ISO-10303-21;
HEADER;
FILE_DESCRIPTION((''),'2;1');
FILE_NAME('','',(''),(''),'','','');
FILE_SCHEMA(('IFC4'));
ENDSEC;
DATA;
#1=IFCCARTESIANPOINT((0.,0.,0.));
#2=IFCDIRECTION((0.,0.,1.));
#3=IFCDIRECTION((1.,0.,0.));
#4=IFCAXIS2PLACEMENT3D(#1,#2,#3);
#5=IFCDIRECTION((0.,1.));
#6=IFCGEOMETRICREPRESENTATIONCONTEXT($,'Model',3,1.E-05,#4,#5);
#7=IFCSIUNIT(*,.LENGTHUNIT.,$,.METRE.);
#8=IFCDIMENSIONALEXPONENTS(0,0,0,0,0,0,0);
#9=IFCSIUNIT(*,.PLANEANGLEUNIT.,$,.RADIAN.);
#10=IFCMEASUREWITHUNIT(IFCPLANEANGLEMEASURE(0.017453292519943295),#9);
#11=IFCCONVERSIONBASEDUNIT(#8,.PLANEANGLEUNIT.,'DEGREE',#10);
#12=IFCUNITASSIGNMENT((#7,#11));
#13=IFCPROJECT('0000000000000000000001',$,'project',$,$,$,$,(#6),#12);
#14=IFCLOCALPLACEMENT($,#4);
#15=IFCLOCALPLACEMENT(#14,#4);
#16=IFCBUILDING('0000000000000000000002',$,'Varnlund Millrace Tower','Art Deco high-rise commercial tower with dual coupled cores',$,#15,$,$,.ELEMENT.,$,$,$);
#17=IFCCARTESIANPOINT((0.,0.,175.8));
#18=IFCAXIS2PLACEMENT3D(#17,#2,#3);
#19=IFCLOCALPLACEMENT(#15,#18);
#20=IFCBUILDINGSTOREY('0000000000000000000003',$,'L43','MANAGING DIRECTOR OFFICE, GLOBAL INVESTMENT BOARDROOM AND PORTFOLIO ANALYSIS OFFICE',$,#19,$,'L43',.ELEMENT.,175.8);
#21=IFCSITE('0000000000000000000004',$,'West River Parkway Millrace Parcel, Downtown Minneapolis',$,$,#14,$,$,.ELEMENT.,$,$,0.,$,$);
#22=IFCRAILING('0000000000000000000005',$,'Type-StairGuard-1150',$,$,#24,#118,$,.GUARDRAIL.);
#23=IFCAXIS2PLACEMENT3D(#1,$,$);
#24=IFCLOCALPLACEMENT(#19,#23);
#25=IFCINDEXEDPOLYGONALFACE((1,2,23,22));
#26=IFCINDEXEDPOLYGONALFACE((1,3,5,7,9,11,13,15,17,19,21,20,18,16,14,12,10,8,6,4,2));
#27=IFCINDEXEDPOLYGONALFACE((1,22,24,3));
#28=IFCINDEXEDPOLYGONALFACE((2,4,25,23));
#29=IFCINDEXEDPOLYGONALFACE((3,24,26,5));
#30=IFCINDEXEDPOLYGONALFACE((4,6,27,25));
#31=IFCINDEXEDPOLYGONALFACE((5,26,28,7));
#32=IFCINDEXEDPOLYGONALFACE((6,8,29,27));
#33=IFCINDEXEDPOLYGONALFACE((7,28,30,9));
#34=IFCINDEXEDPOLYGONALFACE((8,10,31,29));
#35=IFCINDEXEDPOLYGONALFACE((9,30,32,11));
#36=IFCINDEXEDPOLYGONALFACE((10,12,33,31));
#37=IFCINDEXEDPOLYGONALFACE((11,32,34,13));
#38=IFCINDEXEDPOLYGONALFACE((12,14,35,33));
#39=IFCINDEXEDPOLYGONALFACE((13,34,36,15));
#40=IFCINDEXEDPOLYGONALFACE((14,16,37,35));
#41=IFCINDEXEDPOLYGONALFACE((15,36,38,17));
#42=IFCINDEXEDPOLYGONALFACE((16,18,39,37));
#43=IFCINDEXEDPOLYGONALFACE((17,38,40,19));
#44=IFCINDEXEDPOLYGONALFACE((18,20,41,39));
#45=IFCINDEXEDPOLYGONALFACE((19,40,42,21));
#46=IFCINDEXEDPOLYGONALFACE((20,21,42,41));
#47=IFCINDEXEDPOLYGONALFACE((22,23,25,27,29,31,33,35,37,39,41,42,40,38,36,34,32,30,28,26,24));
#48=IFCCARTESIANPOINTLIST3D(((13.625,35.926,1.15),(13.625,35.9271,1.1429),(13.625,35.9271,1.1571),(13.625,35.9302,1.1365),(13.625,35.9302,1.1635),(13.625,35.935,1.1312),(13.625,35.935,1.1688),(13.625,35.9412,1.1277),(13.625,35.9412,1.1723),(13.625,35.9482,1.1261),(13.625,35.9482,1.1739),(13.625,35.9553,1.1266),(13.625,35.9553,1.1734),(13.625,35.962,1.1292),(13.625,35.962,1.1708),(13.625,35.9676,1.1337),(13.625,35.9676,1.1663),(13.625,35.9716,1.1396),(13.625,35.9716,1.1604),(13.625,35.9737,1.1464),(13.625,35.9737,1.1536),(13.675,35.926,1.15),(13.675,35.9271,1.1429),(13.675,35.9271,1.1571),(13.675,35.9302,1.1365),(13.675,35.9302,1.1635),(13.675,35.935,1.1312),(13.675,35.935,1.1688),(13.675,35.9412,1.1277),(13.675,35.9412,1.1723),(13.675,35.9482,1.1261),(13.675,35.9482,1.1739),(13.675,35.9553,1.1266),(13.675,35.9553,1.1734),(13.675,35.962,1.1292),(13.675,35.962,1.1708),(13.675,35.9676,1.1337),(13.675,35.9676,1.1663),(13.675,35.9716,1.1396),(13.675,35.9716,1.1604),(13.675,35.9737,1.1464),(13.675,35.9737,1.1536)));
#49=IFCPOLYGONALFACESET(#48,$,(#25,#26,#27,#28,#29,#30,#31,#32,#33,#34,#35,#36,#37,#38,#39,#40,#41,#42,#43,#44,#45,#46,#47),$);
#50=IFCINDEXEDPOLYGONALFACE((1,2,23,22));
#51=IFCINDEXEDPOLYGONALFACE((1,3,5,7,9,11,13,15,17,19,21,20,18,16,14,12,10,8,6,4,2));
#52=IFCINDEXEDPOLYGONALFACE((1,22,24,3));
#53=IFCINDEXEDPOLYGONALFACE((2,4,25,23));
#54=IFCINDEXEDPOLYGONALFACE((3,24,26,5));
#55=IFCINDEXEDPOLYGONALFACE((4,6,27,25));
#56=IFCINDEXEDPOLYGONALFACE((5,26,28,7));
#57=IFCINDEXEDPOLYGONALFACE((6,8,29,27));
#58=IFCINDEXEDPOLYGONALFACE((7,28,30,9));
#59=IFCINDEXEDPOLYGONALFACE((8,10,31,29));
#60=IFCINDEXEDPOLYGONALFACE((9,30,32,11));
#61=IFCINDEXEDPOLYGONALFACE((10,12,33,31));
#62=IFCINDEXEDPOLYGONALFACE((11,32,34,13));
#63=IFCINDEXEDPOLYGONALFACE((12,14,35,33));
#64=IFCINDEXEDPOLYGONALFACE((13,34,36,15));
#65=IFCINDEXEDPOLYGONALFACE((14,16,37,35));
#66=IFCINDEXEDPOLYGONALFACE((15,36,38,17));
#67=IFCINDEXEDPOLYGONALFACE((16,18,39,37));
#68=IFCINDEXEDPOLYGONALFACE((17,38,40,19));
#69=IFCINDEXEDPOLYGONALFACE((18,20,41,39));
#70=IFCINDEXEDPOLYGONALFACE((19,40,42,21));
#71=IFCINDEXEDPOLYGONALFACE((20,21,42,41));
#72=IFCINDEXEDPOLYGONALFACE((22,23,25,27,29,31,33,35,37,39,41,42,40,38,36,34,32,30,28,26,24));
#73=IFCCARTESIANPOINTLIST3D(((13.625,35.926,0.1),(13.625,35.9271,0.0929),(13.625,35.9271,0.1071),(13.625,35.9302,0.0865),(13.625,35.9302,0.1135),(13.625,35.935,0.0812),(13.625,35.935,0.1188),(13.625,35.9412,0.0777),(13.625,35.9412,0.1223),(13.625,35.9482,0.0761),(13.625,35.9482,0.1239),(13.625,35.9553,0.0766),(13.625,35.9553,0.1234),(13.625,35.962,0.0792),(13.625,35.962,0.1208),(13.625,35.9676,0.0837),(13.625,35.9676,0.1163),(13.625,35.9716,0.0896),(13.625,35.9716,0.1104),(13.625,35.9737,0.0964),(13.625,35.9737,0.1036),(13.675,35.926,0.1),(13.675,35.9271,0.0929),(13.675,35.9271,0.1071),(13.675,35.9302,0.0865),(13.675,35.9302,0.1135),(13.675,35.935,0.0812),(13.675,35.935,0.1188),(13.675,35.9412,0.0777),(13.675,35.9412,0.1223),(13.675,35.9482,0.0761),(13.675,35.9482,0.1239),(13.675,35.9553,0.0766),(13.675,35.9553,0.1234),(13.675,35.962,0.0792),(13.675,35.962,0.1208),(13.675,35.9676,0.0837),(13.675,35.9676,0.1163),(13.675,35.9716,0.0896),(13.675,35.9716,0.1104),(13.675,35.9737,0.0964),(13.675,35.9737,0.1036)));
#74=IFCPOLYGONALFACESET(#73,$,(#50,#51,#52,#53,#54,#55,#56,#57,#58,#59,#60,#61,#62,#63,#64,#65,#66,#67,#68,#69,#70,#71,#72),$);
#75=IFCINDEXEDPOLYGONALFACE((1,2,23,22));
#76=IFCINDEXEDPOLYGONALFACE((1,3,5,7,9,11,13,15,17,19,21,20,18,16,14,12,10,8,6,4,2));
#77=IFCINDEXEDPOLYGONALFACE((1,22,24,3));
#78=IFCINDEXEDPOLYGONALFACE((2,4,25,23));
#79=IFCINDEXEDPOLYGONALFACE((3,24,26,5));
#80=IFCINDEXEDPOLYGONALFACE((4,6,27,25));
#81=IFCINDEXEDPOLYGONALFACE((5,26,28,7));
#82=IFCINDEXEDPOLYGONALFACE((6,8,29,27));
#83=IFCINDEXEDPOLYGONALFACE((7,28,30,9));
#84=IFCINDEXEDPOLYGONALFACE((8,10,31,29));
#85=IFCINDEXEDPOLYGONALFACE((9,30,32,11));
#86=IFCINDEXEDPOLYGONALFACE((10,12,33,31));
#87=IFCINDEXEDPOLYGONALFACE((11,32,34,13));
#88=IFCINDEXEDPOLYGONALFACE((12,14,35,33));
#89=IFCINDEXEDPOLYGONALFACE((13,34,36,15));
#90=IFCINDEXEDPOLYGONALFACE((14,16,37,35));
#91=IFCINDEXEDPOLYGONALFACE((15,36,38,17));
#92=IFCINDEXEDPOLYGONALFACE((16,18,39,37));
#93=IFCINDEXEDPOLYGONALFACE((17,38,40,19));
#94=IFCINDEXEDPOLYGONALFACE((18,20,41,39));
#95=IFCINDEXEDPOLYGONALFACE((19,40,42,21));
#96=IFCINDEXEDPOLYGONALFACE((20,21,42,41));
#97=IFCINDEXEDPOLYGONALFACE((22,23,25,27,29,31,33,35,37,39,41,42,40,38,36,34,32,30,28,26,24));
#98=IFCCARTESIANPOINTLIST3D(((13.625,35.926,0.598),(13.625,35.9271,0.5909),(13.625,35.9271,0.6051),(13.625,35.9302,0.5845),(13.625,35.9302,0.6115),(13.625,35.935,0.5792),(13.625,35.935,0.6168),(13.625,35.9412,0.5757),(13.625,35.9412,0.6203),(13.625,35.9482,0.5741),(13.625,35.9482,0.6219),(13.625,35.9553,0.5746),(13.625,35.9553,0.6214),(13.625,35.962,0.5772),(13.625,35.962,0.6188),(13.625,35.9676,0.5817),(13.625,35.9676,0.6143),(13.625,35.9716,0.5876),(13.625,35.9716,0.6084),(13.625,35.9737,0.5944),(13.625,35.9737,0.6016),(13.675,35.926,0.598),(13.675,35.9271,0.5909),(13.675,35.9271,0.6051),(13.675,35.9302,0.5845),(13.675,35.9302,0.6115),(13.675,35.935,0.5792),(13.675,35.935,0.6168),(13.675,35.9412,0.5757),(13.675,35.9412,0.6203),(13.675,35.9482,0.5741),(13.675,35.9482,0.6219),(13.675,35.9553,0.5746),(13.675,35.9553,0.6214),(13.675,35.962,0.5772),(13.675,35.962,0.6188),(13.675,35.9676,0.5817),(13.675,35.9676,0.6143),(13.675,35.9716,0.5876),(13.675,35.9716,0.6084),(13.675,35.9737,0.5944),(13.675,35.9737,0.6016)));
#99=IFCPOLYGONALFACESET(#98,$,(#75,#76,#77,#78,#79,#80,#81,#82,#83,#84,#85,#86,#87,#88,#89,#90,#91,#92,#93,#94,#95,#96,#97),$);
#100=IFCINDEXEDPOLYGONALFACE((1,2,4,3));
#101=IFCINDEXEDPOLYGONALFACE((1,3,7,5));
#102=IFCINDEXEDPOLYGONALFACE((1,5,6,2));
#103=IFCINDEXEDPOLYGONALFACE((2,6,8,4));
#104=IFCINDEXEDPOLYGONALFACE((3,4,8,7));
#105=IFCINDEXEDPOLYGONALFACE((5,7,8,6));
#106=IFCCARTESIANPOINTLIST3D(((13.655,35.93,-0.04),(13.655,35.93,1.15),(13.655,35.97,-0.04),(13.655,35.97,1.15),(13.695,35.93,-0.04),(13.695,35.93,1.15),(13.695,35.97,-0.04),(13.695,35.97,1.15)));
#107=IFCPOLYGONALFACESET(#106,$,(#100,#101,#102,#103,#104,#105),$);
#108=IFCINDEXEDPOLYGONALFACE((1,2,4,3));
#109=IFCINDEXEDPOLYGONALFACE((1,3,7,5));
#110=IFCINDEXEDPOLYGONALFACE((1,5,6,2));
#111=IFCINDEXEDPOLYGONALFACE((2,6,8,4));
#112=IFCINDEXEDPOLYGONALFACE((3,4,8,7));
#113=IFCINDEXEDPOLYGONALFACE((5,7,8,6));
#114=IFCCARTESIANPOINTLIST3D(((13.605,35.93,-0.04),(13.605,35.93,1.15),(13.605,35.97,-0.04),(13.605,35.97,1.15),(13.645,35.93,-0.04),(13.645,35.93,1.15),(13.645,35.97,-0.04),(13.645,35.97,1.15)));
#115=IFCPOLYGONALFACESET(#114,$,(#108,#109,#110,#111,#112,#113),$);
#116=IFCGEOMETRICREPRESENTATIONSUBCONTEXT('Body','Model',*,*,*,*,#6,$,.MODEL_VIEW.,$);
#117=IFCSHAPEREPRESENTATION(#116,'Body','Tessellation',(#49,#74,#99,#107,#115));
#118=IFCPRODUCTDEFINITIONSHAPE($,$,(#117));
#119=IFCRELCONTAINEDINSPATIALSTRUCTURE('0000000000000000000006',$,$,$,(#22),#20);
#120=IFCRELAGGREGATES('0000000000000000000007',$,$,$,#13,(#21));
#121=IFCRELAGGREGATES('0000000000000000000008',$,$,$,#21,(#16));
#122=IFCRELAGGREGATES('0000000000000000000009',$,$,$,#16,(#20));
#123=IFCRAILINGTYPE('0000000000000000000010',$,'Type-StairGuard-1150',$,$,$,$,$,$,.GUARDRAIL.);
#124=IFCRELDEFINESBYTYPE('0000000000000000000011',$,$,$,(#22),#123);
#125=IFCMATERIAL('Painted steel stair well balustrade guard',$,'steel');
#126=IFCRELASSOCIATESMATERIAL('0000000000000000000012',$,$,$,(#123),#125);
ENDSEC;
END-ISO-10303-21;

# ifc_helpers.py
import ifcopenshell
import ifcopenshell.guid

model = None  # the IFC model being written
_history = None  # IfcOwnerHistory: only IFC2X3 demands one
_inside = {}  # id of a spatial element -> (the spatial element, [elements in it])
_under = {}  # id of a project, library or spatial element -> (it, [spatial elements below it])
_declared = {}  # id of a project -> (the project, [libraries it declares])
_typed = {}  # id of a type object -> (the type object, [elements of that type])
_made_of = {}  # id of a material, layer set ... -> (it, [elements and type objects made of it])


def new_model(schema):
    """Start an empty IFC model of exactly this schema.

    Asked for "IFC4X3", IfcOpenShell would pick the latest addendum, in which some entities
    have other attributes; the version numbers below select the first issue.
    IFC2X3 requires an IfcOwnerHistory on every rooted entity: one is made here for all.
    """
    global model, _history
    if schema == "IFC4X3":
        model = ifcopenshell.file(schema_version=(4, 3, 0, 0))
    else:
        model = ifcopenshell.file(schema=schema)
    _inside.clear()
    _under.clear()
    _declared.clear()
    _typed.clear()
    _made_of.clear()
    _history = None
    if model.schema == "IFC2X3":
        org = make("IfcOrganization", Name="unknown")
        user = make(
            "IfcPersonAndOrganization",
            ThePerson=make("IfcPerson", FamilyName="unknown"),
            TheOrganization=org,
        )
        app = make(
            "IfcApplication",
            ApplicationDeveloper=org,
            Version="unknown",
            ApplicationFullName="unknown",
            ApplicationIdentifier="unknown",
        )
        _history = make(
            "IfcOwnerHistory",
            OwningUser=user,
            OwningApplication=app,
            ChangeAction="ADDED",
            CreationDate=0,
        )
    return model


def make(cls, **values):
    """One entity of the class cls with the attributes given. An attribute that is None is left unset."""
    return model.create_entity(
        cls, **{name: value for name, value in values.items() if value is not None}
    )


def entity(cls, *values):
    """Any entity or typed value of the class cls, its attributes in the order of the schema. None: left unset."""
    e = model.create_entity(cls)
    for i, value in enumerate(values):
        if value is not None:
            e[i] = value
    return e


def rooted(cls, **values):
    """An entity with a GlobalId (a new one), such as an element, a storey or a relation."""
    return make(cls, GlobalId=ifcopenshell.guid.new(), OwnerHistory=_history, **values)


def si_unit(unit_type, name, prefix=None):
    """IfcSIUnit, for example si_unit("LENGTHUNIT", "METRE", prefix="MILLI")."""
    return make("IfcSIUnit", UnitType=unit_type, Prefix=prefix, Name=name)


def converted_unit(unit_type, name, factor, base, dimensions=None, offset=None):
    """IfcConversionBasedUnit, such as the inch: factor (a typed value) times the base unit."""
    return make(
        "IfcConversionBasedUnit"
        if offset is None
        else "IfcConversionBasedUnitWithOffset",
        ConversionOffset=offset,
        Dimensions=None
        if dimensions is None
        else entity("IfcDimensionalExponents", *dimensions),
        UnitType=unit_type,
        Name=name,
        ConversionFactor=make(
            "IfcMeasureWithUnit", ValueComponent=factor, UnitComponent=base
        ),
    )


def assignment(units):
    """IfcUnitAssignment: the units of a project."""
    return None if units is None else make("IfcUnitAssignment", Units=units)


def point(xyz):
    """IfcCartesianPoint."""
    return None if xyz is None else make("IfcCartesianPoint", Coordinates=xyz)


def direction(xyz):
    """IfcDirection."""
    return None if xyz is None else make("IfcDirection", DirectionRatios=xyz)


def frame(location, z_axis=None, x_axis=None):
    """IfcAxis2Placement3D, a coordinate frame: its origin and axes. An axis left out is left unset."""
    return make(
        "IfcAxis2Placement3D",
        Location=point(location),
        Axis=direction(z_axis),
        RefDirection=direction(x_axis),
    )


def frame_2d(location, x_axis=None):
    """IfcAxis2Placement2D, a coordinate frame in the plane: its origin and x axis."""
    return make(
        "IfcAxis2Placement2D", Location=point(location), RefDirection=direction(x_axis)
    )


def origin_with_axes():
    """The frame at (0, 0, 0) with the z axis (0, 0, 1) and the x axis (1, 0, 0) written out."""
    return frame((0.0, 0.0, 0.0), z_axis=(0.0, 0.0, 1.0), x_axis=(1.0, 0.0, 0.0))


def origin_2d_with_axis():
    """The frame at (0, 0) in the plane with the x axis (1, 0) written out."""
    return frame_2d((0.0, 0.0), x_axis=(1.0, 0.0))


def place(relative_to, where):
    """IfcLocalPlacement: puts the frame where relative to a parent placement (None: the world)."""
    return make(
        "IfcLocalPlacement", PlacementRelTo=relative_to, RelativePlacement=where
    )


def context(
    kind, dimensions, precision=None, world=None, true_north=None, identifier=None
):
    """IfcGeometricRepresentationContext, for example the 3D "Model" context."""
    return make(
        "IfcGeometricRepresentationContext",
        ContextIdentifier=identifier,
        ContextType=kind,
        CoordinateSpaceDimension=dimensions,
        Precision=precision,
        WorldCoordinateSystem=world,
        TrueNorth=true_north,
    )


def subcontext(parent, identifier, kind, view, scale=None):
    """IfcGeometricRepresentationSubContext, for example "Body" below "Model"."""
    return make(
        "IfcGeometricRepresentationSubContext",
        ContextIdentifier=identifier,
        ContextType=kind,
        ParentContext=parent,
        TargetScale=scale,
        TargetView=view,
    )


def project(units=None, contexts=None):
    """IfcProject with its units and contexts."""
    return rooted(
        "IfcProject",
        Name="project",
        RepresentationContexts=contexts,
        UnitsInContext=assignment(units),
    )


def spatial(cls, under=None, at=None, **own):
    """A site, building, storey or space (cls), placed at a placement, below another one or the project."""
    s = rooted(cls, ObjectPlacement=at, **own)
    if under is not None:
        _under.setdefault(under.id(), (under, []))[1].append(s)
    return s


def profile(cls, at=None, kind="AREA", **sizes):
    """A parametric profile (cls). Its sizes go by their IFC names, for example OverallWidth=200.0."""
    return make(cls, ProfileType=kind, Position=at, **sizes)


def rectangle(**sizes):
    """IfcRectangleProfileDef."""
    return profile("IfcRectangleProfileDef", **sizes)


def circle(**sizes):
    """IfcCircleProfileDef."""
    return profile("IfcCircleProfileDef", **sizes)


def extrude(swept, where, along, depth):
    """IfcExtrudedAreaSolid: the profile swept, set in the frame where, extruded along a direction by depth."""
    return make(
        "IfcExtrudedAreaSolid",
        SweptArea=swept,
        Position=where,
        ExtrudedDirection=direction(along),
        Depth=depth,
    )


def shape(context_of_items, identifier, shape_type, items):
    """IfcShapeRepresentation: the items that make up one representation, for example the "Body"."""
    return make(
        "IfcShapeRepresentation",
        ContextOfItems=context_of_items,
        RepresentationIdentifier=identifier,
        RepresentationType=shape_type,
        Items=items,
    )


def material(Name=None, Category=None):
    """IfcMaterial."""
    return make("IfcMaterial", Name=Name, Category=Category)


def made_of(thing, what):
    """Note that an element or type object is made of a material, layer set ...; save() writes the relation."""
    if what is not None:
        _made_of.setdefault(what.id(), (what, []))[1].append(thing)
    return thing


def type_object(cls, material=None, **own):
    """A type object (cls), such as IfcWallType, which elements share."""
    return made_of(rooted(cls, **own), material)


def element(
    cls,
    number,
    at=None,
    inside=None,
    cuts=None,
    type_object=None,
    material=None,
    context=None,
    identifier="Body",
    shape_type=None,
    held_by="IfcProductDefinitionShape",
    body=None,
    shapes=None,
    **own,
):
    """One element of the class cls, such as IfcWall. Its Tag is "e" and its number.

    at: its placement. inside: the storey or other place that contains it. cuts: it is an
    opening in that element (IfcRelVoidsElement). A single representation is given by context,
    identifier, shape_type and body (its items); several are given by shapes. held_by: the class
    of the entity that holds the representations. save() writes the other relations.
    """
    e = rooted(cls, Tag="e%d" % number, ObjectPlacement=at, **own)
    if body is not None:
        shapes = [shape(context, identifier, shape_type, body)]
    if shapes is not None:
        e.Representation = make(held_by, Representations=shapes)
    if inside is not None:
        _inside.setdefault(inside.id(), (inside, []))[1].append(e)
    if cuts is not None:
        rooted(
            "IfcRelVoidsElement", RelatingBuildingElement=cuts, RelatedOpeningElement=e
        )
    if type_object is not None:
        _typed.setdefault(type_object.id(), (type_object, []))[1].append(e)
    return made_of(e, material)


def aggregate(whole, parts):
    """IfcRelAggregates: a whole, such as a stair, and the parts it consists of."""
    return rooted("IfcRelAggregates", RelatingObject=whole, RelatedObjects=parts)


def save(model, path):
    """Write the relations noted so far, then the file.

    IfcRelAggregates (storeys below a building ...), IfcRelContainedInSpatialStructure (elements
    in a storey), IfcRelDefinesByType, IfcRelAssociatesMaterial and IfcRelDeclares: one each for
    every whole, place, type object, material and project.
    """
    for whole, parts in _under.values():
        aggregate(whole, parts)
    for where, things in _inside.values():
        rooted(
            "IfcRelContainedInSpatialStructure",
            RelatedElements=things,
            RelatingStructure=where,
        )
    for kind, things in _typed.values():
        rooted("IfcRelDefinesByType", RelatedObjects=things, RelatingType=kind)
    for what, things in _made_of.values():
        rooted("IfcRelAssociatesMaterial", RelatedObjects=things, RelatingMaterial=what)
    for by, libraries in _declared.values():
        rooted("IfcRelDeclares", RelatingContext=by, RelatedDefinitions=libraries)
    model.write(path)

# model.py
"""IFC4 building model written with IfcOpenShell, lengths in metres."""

from ifc_helpers import new_model, entity, si_unit, converted_unit, direction, frame, origin_with_axes, origin_2d_with_axis, place, context, subcontext, project, spatial, rectangle, circle, extrude, material, type_object, element, save


model = new_model("IFC4")

# Units and contexts
model_context = context("Model", 3, precision=1e-05, world=origin_with_axes(), true_north=direction((0.0, 1.0)))
body_context = subcontext(model_context, "Body", "Model", "MODEL_VIEW")
ifc_project = project(units=[si_unit("LENGTHUNIT", "METRE"), converted_unit("PLANEANGLEUNIT", "DEGREE", entity("IfcPlaneAngleMeasure", 0.017453292519943295), si_unit("PLANEANGLEUNIT", "RADIAN"), dimensions=[0, 0, 0, 0, 0, 0, 0])], contexts=[model_context])

# Site, building, storey
site_placement = place(None, origin_with_axes())
site = spatial("IfcSite", under=ifc_project, at=site_placement, Name="West River Parkway Millrace Parcel, Downtown Minneapolis", CompositionType="ELEMENT", RefElevation=0.0)
building_placement = place(site_placement, origin_with_axes())
building = spatial("IfcBuilding", under=site, at=building_placement, Name="Varnlund Millrace Tower", Description="Art Deco high-rise commercial tower with dual coupled cores", CompositionType="ELEMENT")
storey_placement = place(building_placement, frame((0.0, 0.0, 175.8), z_axis=(0.0, 0.0, 1.0), x_axis=(1.0, 0.0, 0.0)))
storey = spatial("IfcBuildingStorey", under=building, at=storey_placement, Name="L43", Description="MANAGING DIRECTOR OFFICE, GLOBAL INVESTMENT BOARDROOM AND PORTFOLIO ANALYSIS OFFICE", LongName="L43", CompositionType="ELEMENT", Elevation=175.8)

# Railing
ifc_material_1 = material(Name="Painted steel stair well balustrade guard", Category="steel")
railing_type_1 = type_object("IfcRailingType", Name="Type-StairGuard-1150", PredefinedType="GUARDRAIL", material=ifc_material_1)
railing_1_placement = place(storey_placement, frame((0.0, 0.0, -175.8), z_axis=(0.0, 0.0, 1.0), x_axis=(1.0, 0.0, 0.0)))
element("IfcRailing", 1, at=railing_1_placement, inside=storey, type_object=railing_type_1, Name="Type-StairGuard-1150", PredefinedType="GUARDRAIL", context=body_context, shape_type="SweptSolid", body=[
    extrude(circle(Radius=0.024, at=origin_2d_with_axis()), frame((13.675, 35.95, 176.95), z_axis=(-1.0, 0.0, 0.0), x_axis=(0.0, -1.0, 0.0)), (0.0, 0.0, 1.0), 0.05),
    extrude(circle(Radius=0.024, at=origin_2d_with_axis()), frame((13.675, 35.95, 175.9), z_axis=(-1.0, 0.0, 0.0), x_axis=(0.0, -1.0, 0.0)), (0.0, 0.0, 1.0), 0.05),
    extrude(circle(Radius=0.024, at=origin_2d_with_axis()), frame((13.675, 35.95, 176.398), z_axis=(-1.0, 0.0, 0.0), x_axis=(0.0, -1.0, 0.0)), (0.0, 0.0, 1.0), 0.05),
    extrude(rectangle(XDim=0.04, YDim=0.04, at=origin_2d_with_axis()), frame((13.675, 35.95, 175.76), z_axis=(0.0, 0.0, 1.0), x_axis=(1.0, 0.0, 0.0)), (0.0, 0.0, 1.0), 1.19),
    extrude(rectangle(XDim=0.04, YDim=0.04, at=origin_2d_with_axis()), frame((13.625, 35.95, 175.76), z_axis=(0.0, 0.0, 1.0), x_axis=(1.0, 0.0, 0.0)), (0.0, 0.0, 1.0), 1.19),
])

save(model, "model.ifc")
